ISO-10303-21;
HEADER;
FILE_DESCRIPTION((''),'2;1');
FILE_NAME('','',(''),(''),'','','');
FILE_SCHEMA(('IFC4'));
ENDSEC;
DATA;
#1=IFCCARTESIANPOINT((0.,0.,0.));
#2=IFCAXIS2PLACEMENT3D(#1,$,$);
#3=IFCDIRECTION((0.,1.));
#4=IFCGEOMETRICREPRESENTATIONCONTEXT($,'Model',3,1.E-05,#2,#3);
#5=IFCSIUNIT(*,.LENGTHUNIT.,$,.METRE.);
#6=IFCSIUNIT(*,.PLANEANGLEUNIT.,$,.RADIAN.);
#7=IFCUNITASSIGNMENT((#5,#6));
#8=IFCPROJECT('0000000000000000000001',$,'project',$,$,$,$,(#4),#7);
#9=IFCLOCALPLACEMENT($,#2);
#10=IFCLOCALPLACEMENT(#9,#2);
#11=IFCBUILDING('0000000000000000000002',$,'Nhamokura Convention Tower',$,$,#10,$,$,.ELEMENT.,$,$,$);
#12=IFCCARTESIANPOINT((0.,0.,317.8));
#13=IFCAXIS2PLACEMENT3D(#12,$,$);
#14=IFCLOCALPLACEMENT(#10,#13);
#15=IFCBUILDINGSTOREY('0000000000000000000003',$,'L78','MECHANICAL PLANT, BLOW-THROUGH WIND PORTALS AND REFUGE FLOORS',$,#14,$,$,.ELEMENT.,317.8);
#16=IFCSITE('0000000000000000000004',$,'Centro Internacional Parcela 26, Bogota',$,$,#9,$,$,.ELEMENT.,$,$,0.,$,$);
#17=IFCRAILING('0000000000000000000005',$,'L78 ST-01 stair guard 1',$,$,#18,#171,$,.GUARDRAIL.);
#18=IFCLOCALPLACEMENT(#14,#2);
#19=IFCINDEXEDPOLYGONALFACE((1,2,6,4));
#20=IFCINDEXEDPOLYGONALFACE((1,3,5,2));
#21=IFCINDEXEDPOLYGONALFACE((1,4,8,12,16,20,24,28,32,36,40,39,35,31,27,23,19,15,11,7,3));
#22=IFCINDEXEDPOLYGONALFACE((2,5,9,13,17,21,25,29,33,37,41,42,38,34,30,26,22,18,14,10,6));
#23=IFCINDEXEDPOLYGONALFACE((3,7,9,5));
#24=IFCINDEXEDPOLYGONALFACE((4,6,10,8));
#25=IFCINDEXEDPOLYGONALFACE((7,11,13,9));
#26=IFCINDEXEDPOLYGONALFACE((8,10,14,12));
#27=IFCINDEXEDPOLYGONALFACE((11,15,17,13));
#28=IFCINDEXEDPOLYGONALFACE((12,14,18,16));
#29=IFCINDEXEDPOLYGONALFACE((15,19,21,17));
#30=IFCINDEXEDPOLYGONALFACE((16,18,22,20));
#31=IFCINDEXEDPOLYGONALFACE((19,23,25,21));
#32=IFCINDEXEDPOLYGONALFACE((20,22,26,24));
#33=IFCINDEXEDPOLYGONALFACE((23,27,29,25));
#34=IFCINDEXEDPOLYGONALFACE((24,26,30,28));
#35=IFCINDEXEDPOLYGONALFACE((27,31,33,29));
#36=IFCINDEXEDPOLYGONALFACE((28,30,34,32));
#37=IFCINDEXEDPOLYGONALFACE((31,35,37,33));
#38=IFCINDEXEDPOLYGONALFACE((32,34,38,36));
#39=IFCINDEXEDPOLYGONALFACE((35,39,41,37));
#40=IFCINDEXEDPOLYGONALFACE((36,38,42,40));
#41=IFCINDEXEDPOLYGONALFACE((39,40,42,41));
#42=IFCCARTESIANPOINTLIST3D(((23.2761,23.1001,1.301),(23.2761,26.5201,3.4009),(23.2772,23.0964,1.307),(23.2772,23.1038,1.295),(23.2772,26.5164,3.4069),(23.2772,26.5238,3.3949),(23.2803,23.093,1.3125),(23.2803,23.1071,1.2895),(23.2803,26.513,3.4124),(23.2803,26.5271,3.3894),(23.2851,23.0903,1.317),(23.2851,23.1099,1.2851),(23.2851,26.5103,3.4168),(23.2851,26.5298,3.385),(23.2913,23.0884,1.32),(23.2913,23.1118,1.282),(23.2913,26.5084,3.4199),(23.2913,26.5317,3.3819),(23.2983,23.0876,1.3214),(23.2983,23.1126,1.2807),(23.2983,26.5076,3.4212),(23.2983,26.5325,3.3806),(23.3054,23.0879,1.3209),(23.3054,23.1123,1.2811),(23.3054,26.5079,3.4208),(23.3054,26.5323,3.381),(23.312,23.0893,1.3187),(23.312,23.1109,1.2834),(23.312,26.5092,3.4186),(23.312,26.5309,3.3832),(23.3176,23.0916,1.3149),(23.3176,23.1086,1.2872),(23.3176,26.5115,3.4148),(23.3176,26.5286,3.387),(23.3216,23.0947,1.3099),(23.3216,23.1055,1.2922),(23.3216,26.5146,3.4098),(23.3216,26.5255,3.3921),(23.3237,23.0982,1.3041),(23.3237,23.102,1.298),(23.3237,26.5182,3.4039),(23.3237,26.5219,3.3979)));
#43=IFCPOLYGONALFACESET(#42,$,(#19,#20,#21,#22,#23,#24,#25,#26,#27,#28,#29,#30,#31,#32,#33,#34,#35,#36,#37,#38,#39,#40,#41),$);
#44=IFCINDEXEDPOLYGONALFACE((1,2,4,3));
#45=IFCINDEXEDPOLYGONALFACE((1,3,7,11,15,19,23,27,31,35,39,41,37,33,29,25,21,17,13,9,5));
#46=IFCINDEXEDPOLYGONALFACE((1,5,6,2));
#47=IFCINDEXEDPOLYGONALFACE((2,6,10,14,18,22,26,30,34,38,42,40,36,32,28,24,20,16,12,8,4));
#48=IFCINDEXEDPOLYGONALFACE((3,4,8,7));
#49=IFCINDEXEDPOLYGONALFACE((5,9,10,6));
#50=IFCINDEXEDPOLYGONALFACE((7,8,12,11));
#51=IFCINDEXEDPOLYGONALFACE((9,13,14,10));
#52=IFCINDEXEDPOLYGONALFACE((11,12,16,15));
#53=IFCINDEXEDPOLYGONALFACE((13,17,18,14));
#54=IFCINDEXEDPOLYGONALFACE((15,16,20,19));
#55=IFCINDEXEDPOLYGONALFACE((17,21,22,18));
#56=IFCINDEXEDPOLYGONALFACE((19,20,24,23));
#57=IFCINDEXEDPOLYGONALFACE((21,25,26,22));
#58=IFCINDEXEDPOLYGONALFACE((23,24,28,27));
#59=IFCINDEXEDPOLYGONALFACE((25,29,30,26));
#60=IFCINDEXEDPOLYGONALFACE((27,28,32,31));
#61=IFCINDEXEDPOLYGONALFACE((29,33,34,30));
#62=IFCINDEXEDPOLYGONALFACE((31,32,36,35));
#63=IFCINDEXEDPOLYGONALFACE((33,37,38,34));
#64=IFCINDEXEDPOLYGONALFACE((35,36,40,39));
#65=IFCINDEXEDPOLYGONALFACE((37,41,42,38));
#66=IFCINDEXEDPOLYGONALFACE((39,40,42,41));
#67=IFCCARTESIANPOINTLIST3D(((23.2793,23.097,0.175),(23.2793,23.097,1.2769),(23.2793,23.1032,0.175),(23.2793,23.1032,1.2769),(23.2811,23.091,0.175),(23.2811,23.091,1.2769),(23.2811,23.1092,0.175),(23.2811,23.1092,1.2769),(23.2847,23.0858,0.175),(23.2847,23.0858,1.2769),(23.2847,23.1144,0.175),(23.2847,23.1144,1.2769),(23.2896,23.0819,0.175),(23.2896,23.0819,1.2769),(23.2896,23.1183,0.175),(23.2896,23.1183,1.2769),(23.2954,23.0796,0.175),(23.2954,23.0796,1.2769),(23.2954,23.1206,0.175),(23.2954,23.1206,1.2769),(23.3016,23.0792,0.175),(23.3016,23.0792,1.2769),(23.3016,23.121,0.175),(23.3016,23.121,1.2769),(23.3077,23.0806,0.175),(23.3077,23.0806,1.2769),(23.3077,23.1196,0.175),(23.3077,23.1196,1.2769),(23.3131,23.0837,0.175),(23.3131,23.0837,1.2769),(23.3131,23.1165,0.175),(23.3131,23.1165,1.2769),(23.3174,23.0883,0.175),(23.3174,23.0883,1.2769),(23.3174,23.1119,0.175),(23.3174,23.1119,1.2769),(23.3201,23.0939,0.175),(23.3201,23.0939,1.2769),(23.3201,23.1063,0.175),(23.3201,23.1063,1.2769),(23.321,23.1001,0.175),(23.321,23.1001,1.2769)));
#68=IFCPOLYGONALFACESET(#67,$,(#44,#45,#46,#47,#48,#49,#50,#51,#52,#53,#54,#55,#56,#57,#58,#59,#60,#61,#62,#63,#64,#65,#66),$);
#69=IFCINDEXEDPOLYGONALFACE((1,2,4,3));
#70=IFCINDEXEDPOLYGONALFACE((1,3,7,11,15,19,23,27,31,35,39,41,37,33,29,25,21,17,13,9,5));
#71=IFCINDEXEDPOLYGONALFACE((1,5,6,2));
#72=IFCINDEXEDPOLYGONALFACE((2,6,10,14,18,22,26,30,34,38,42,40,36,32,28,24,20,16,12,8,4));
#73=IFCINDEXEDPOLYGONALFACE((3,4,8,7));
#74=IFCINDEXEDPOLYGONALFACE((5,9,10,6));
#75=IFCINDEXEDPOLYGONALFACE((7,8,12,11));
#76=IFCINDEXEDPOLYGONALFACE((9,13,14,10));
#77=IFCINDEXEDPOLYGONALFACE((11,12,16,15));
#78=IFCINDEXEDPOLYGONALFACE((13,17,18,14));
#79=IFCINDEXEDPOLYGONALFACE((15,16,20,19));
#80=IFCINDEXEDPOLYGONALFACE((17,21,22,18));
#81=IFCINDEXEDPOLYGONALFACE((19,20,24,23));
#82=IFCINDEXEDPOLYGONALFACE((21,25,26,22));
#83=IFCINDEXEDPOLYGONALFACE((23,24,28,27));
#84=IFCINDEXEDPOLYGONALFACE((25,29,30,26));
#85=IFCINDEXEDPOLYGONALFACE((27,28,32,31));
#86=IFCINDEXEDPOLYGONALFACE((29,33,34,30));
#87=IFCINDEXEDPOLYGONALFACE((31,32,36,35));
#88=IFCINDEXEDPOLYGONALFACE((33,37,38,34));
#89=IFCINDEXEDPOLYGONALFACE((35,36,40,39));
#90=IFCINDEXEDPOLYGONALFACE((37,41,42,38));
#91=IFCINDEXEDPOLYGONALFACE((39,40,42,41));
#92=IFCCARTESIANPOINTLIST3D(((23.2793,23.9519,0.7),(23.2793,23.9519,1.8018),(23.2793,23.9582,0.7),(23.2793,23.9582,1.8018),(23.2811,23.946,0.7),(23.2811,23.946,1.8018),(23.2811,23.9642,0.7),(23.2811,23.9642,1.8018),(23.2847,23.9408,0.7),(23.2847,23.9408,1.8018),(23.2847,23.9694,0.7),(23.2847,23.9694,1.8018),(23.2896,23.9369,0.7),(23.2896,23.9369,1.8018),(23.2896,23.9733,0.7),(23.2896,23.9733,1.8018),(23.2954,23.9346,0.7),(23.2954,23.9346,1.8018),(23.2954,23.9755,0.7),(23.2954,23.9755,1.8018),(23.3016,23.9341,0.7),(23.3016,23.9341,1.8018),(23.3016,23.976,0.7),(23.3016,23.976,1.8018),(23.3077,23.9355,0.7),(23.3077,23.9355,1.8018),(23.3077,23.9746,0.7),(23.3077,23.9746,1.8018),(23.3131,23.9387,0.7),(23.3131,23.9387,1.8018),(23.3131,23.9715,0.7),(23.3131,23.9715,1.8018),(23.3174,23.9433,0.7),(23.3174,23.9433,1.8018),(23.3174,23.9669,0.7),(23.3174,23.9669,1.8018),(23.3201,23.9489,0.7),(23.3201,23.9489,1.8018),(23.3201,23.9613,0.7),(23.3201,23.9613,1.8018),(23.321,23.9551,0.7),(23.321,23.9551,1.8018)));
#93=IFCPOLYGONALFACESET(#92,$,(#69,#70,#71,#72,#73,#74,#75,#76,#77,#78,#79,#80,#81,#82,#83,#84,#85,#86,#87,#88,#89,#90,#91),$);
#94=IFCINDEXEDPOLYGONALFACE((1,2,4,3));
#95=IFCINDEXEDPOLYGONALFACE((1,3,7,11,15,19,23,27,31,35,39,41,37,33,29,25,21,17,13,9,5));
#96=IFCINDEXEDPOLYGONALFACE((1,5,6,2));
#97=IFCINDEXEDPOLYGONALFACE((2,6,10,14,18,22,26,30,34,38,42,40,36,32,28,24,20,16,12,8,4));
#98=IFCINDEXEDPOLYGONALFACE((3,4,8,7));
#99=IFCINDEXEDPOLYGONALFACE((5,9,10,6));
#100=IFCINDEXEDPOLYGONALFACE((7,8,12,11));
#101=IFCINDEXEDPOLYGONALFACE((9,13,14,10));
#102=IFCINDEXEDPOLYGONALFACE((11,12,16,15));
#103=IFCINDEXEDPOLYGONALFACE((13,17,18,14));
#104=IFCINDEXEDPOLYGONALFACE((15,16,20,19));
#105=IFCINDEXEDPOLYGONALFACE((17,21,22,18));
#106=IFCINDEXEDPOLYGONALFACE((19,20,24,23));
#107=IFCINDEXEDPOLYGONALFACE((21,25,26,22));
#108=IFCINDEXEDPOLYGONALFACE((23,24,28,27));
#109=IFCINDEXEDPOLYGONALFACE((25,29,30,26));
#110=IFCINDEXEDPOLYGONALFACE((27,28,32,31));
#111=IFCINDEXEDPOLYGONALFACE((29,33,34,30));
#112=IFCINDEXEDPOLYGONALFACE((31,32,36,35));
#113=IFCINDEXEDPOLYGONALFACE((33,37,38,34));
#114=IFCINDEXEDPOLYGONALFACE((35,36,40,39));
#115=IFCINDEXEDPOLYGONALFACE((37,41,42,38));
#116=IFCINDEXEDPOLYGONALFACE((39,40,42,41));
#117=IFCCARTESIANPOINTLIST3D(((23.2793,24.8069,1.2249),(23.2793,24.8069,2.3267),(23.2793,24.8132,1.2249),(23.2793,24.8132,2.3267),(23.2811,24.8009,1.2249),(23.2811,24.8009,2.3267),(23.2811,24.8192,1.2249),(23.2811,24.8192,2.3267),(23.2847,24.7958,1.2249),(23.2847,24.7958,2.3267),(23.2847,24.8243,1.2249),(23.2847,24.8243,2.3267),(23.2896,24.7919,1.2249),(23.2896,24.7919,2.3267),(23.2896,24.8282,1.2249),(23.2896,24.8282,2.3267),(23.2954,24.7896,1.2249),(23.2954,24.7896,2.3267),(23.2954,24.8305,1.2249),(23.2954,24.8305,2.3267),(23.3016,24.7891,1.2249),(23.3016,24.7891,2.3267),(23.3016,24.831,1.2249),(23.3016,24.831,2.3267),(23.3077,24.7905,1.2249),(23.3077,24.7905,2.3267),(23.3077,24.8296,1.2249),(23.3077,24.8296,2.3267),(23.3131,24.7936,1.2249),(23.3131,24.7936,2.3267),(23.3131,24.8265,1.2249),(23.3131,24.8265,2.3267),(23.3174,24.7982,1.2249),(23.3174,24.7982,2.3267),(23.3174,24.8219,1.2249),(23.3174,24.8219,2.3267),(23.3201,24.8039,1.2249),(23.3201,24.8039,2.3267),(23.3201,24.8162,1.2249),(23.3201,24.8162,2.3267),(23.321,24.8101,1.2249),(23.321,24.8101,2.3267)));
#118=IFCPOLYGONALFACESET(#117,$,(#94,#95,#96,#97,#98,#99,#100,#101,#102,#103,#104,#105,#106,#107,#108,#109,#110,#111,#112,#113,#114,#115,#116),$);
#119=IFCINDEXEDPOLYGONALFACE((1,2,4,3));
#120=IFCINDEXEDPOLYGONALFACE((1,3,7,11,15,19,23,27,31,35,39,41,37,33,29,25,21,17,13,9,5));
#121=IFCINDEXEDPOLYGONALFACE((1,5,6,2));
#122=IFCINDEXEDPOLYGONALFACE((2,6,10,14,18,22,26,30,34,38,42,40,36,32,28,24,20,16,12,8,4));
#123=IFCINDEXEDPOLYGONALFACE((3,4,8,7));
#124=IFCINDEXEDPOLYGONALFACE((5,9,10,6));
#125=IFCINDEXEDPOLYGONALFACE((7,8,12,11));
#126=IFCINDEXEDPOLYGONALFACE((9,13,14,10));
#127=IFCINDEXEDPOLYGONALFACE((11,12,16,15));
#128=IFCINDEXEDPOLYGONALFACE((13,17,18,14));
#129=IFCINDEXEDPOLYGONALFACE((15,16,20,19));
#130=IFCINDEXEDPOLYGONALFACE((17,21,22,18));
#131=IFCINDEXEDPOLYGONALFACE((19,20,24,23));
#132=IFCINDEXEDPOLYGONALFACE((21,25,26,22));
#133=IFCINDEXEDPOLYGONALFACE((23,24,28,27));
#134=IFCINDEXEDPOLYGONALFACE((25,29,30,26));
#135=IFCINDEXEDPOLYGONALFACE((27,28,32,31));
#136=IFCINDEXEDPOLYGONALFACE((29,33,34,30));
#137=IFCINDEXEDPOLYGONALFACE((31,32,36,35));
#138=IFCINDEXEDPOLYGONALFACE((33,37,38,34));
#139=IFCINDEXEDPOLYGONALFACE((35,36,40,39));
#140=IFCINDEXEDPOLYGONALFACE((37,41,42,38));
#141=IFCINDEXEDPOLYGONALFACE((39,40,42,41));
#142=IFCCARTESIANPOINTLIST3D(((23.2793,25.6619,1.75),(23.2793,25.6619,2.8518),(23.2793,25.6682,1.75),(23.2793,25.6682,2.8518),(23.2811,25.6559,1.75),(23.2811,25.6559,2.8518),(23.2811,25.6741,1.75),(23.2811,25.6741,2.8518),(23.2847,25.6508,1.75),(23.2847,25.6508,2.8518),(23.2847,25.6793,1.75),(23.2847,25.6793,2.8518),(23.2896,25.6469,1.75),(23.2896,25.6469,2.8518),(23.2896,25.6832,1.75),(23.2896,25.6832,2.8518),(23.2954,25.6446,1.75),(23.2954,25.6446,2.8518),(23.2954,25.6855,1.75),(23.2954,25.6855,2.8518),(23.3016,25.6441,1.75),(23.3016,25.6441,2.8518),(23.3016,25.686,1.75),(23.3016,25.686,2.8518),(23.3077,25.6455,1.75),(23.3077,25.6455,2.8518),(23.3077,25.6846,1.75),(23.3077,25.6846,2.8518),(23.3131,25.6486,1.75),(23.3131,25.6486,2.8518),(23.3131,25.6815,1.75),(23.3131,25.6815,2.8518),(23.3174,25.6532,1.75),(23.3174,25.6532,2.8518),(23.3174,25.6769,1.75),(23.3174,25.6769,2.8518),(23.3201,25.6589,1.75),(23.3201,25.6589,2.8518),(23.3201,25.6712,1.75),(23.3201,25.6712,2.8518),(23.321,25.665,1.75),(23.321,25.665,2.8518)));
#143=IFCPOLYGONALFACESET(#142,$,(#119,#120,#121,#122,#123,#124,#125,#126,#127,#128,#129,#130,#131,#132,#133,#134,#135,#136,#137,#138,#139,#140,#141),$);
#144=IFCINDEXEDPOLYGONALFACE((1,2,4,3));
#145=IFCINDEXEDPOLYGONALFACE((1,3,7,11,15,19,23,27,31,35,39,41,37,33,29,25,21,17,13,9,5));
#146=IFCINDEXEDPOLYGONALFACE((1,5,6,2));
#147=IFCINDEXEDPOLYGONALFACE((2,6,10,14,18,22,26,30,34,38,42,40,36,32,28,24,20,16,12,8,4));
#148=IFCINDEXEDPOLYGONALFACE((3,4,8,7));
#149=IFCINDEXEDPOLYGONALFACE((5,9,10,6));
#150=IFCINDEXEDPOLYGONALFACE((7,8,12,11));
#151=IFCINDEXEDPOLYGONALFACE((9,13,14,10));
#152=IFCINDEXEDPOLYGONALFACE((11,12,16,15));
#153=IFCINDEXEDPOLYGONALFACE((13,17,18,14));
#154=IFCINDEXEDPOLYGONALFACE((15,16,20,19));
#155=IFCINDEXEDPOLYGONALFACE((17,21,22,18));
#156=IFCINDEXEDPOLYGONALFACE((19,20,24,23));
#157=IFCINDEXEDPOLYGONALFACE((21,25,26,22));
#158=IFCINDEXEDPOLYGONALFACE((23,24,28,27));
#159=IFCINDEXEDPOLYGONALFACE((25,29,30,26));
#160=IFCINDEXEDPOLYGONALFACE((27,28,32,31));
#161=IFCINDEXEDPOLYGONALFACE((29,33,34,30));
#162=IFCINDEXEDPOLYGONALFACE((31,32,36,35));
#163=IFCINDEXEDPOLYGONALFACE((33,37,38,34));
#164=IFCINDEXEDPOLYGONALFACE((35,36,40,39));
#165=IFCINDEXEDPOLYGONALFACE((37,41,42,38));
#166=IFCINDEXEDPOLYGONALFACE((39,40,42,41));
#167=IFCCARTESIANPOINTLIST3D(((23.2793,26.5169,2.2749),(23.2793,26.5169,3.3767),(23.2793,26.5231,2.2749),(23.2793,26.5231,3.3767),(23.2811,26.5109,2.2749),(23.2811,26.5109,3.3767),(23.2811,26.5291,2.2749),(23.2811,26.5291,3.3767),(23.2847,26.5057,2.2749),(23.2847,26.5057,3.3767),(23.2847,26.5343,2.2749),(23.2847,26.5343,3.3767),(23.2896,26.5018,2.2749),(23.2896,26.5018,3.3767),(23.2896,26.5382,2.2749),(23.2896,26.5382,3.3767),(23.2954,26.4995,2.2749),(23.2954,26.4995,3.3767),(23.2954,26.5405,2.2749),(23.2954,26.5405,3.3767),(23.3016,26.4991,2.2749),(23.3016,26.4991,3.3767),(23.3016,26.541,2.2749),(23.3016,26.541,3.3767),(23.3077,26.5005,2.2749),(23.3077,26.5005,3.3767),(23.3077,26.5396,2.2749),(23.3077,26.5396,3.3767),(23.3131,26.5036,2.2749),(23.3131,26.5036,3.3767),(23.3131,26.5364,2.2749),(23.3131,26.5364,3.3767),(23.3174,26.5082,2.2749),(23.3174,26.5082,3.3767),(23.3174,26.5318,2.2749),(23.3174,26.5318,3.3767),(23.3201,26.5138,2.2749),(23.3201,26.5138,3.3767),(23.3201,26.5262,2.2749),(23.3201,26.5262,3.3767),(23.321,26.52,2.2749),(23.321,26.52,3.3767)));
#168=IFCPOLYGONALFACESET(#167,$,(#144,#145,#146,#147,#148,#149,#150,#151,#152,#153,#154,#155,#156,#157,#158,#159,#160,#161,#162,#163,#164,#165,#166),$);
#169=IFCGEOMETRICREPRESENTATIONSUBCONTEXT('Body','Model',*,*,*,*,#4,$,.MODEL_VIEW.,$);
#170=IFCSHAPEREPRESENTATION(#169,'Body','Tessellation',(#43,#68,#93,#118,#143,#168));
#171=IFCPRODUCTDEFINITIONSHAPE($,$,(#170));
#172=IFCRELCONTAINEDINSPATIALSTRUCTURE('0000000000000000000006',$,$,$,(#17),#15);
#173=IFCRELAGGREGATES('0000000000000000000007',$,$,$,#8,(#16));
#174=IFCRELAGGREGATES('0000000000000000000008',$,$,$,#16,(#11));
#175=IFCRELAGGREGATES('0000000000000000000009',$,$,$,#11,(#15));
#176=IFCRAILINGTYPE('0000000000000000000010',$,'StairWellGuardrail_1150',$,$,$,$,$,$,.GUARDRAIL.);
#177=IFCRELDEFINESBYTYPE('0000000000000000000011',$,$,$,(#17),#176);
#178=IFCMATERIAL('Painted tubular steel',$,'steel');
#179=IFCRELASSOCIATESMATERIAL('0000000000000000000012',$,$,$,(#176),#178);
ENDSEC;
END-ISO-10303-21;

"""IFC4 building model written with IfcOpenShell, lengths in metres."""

from ifc_helpers import new_model, si_unit, direction, frame, origin, origin_2d, place, context, subcontext, project, spatial, circle, extrude, material, type_object, element, save


model = new_model("IFC4")

# Units and contexts
model_context = context("Model", 3, precision=1e-05, world=origin(), true_north=direction((0.0, 1.0)))
body_context = subcontext(model_context, "Body", "Model", "MODEL_VIEW")
ifc_project = project(units=[si_unit("LENGTHUNIT", "METRE"), si_unit("PLANEANGLEUNIT", "RADIAN")], contexts=[model_context])

# Site, building, storey
site_placement = place(None, origin())
site = spatial("IfcSite", under=ifc_project, at=site_placement, Name="Centro Internacional Parcela 26, Bogota", CompositionType="ELEMENT", RefElevation=0.0)
building_placement = place(site_placement, origin())
building = spatial("IfcBuilding", under=site, at=building_placement, Name="Nhamokura Convention Tower", CompositionType="ELEMENT")
storey_placement = place(building_placement, frame((0.0, 0.0, 317.8)))
storey = spatial("IfcBuildingStorey", under=building, at=storey_placement, Name="L78", Description="MECHANICAL PLANT, BLOW-THROUGH WIND PORTALS AND REFUGE FLOORS", CompositionType="ELEMENT", Elevation=317.8)

# Railing
ifc_material_1 = material(Name="Painted tubular steel", Category="steel")
railing_type_1 = type_object("IfcRailingType", Name="StairWellGuardrail_1150", PredefinedType="GUARDRAIL", material=ifc_material_1)
railing_1_placement = place(storey_placement, frame((23.3, 23.1001, 0.175)))
element("IfcRailing", 1, at=railing_1_placement, inside=storey, type_object=railing_type_1, Name="L78 ST-01 stair guard 1", PredefinedType="GUARDRAIL", context=body_context, shape_type="SweptSolid", body=[
    extrude(circle(Radius=0.0239, at=origin_2d()), frame((0.0, 0.0, 1.126), z_axis=(0.0, 0.852182, 0.523245), x_axis=(-1.0, 0.0, 0.0)), (0.0, 0.0, 1.0), 4.0132),
    extrude(circle(Radius=0.021, at=origin_2d()), origin(), (0.0, 0.0, 1.0), 1.1018),
    extrude(circle(Radius=0.021, at=origin_2d()), frame((0.0, 0.855, 0.5249)), (0.0, 0.0, 1.0), 1.1018),
    extrude(circle(Radius=0.021, at=origin_2d()), frame((0.0, 1.71, 1.0498)), (0.0, 0.0, 1.0), 1.1018),
    extrude(circle(Radius=0.021, at=origin_2d()), frame((0.0, 2.5649, 1.575)), (0.0, 0.0, 1.0), 1.1018),
    extrude(circle(Radius=0.021, at=origin_2d()), frame((0.0, 3.4199, 2.0999)), (0.0, 0.0, 1.0), 1.1018),
])

save(model, "model.ifc")
